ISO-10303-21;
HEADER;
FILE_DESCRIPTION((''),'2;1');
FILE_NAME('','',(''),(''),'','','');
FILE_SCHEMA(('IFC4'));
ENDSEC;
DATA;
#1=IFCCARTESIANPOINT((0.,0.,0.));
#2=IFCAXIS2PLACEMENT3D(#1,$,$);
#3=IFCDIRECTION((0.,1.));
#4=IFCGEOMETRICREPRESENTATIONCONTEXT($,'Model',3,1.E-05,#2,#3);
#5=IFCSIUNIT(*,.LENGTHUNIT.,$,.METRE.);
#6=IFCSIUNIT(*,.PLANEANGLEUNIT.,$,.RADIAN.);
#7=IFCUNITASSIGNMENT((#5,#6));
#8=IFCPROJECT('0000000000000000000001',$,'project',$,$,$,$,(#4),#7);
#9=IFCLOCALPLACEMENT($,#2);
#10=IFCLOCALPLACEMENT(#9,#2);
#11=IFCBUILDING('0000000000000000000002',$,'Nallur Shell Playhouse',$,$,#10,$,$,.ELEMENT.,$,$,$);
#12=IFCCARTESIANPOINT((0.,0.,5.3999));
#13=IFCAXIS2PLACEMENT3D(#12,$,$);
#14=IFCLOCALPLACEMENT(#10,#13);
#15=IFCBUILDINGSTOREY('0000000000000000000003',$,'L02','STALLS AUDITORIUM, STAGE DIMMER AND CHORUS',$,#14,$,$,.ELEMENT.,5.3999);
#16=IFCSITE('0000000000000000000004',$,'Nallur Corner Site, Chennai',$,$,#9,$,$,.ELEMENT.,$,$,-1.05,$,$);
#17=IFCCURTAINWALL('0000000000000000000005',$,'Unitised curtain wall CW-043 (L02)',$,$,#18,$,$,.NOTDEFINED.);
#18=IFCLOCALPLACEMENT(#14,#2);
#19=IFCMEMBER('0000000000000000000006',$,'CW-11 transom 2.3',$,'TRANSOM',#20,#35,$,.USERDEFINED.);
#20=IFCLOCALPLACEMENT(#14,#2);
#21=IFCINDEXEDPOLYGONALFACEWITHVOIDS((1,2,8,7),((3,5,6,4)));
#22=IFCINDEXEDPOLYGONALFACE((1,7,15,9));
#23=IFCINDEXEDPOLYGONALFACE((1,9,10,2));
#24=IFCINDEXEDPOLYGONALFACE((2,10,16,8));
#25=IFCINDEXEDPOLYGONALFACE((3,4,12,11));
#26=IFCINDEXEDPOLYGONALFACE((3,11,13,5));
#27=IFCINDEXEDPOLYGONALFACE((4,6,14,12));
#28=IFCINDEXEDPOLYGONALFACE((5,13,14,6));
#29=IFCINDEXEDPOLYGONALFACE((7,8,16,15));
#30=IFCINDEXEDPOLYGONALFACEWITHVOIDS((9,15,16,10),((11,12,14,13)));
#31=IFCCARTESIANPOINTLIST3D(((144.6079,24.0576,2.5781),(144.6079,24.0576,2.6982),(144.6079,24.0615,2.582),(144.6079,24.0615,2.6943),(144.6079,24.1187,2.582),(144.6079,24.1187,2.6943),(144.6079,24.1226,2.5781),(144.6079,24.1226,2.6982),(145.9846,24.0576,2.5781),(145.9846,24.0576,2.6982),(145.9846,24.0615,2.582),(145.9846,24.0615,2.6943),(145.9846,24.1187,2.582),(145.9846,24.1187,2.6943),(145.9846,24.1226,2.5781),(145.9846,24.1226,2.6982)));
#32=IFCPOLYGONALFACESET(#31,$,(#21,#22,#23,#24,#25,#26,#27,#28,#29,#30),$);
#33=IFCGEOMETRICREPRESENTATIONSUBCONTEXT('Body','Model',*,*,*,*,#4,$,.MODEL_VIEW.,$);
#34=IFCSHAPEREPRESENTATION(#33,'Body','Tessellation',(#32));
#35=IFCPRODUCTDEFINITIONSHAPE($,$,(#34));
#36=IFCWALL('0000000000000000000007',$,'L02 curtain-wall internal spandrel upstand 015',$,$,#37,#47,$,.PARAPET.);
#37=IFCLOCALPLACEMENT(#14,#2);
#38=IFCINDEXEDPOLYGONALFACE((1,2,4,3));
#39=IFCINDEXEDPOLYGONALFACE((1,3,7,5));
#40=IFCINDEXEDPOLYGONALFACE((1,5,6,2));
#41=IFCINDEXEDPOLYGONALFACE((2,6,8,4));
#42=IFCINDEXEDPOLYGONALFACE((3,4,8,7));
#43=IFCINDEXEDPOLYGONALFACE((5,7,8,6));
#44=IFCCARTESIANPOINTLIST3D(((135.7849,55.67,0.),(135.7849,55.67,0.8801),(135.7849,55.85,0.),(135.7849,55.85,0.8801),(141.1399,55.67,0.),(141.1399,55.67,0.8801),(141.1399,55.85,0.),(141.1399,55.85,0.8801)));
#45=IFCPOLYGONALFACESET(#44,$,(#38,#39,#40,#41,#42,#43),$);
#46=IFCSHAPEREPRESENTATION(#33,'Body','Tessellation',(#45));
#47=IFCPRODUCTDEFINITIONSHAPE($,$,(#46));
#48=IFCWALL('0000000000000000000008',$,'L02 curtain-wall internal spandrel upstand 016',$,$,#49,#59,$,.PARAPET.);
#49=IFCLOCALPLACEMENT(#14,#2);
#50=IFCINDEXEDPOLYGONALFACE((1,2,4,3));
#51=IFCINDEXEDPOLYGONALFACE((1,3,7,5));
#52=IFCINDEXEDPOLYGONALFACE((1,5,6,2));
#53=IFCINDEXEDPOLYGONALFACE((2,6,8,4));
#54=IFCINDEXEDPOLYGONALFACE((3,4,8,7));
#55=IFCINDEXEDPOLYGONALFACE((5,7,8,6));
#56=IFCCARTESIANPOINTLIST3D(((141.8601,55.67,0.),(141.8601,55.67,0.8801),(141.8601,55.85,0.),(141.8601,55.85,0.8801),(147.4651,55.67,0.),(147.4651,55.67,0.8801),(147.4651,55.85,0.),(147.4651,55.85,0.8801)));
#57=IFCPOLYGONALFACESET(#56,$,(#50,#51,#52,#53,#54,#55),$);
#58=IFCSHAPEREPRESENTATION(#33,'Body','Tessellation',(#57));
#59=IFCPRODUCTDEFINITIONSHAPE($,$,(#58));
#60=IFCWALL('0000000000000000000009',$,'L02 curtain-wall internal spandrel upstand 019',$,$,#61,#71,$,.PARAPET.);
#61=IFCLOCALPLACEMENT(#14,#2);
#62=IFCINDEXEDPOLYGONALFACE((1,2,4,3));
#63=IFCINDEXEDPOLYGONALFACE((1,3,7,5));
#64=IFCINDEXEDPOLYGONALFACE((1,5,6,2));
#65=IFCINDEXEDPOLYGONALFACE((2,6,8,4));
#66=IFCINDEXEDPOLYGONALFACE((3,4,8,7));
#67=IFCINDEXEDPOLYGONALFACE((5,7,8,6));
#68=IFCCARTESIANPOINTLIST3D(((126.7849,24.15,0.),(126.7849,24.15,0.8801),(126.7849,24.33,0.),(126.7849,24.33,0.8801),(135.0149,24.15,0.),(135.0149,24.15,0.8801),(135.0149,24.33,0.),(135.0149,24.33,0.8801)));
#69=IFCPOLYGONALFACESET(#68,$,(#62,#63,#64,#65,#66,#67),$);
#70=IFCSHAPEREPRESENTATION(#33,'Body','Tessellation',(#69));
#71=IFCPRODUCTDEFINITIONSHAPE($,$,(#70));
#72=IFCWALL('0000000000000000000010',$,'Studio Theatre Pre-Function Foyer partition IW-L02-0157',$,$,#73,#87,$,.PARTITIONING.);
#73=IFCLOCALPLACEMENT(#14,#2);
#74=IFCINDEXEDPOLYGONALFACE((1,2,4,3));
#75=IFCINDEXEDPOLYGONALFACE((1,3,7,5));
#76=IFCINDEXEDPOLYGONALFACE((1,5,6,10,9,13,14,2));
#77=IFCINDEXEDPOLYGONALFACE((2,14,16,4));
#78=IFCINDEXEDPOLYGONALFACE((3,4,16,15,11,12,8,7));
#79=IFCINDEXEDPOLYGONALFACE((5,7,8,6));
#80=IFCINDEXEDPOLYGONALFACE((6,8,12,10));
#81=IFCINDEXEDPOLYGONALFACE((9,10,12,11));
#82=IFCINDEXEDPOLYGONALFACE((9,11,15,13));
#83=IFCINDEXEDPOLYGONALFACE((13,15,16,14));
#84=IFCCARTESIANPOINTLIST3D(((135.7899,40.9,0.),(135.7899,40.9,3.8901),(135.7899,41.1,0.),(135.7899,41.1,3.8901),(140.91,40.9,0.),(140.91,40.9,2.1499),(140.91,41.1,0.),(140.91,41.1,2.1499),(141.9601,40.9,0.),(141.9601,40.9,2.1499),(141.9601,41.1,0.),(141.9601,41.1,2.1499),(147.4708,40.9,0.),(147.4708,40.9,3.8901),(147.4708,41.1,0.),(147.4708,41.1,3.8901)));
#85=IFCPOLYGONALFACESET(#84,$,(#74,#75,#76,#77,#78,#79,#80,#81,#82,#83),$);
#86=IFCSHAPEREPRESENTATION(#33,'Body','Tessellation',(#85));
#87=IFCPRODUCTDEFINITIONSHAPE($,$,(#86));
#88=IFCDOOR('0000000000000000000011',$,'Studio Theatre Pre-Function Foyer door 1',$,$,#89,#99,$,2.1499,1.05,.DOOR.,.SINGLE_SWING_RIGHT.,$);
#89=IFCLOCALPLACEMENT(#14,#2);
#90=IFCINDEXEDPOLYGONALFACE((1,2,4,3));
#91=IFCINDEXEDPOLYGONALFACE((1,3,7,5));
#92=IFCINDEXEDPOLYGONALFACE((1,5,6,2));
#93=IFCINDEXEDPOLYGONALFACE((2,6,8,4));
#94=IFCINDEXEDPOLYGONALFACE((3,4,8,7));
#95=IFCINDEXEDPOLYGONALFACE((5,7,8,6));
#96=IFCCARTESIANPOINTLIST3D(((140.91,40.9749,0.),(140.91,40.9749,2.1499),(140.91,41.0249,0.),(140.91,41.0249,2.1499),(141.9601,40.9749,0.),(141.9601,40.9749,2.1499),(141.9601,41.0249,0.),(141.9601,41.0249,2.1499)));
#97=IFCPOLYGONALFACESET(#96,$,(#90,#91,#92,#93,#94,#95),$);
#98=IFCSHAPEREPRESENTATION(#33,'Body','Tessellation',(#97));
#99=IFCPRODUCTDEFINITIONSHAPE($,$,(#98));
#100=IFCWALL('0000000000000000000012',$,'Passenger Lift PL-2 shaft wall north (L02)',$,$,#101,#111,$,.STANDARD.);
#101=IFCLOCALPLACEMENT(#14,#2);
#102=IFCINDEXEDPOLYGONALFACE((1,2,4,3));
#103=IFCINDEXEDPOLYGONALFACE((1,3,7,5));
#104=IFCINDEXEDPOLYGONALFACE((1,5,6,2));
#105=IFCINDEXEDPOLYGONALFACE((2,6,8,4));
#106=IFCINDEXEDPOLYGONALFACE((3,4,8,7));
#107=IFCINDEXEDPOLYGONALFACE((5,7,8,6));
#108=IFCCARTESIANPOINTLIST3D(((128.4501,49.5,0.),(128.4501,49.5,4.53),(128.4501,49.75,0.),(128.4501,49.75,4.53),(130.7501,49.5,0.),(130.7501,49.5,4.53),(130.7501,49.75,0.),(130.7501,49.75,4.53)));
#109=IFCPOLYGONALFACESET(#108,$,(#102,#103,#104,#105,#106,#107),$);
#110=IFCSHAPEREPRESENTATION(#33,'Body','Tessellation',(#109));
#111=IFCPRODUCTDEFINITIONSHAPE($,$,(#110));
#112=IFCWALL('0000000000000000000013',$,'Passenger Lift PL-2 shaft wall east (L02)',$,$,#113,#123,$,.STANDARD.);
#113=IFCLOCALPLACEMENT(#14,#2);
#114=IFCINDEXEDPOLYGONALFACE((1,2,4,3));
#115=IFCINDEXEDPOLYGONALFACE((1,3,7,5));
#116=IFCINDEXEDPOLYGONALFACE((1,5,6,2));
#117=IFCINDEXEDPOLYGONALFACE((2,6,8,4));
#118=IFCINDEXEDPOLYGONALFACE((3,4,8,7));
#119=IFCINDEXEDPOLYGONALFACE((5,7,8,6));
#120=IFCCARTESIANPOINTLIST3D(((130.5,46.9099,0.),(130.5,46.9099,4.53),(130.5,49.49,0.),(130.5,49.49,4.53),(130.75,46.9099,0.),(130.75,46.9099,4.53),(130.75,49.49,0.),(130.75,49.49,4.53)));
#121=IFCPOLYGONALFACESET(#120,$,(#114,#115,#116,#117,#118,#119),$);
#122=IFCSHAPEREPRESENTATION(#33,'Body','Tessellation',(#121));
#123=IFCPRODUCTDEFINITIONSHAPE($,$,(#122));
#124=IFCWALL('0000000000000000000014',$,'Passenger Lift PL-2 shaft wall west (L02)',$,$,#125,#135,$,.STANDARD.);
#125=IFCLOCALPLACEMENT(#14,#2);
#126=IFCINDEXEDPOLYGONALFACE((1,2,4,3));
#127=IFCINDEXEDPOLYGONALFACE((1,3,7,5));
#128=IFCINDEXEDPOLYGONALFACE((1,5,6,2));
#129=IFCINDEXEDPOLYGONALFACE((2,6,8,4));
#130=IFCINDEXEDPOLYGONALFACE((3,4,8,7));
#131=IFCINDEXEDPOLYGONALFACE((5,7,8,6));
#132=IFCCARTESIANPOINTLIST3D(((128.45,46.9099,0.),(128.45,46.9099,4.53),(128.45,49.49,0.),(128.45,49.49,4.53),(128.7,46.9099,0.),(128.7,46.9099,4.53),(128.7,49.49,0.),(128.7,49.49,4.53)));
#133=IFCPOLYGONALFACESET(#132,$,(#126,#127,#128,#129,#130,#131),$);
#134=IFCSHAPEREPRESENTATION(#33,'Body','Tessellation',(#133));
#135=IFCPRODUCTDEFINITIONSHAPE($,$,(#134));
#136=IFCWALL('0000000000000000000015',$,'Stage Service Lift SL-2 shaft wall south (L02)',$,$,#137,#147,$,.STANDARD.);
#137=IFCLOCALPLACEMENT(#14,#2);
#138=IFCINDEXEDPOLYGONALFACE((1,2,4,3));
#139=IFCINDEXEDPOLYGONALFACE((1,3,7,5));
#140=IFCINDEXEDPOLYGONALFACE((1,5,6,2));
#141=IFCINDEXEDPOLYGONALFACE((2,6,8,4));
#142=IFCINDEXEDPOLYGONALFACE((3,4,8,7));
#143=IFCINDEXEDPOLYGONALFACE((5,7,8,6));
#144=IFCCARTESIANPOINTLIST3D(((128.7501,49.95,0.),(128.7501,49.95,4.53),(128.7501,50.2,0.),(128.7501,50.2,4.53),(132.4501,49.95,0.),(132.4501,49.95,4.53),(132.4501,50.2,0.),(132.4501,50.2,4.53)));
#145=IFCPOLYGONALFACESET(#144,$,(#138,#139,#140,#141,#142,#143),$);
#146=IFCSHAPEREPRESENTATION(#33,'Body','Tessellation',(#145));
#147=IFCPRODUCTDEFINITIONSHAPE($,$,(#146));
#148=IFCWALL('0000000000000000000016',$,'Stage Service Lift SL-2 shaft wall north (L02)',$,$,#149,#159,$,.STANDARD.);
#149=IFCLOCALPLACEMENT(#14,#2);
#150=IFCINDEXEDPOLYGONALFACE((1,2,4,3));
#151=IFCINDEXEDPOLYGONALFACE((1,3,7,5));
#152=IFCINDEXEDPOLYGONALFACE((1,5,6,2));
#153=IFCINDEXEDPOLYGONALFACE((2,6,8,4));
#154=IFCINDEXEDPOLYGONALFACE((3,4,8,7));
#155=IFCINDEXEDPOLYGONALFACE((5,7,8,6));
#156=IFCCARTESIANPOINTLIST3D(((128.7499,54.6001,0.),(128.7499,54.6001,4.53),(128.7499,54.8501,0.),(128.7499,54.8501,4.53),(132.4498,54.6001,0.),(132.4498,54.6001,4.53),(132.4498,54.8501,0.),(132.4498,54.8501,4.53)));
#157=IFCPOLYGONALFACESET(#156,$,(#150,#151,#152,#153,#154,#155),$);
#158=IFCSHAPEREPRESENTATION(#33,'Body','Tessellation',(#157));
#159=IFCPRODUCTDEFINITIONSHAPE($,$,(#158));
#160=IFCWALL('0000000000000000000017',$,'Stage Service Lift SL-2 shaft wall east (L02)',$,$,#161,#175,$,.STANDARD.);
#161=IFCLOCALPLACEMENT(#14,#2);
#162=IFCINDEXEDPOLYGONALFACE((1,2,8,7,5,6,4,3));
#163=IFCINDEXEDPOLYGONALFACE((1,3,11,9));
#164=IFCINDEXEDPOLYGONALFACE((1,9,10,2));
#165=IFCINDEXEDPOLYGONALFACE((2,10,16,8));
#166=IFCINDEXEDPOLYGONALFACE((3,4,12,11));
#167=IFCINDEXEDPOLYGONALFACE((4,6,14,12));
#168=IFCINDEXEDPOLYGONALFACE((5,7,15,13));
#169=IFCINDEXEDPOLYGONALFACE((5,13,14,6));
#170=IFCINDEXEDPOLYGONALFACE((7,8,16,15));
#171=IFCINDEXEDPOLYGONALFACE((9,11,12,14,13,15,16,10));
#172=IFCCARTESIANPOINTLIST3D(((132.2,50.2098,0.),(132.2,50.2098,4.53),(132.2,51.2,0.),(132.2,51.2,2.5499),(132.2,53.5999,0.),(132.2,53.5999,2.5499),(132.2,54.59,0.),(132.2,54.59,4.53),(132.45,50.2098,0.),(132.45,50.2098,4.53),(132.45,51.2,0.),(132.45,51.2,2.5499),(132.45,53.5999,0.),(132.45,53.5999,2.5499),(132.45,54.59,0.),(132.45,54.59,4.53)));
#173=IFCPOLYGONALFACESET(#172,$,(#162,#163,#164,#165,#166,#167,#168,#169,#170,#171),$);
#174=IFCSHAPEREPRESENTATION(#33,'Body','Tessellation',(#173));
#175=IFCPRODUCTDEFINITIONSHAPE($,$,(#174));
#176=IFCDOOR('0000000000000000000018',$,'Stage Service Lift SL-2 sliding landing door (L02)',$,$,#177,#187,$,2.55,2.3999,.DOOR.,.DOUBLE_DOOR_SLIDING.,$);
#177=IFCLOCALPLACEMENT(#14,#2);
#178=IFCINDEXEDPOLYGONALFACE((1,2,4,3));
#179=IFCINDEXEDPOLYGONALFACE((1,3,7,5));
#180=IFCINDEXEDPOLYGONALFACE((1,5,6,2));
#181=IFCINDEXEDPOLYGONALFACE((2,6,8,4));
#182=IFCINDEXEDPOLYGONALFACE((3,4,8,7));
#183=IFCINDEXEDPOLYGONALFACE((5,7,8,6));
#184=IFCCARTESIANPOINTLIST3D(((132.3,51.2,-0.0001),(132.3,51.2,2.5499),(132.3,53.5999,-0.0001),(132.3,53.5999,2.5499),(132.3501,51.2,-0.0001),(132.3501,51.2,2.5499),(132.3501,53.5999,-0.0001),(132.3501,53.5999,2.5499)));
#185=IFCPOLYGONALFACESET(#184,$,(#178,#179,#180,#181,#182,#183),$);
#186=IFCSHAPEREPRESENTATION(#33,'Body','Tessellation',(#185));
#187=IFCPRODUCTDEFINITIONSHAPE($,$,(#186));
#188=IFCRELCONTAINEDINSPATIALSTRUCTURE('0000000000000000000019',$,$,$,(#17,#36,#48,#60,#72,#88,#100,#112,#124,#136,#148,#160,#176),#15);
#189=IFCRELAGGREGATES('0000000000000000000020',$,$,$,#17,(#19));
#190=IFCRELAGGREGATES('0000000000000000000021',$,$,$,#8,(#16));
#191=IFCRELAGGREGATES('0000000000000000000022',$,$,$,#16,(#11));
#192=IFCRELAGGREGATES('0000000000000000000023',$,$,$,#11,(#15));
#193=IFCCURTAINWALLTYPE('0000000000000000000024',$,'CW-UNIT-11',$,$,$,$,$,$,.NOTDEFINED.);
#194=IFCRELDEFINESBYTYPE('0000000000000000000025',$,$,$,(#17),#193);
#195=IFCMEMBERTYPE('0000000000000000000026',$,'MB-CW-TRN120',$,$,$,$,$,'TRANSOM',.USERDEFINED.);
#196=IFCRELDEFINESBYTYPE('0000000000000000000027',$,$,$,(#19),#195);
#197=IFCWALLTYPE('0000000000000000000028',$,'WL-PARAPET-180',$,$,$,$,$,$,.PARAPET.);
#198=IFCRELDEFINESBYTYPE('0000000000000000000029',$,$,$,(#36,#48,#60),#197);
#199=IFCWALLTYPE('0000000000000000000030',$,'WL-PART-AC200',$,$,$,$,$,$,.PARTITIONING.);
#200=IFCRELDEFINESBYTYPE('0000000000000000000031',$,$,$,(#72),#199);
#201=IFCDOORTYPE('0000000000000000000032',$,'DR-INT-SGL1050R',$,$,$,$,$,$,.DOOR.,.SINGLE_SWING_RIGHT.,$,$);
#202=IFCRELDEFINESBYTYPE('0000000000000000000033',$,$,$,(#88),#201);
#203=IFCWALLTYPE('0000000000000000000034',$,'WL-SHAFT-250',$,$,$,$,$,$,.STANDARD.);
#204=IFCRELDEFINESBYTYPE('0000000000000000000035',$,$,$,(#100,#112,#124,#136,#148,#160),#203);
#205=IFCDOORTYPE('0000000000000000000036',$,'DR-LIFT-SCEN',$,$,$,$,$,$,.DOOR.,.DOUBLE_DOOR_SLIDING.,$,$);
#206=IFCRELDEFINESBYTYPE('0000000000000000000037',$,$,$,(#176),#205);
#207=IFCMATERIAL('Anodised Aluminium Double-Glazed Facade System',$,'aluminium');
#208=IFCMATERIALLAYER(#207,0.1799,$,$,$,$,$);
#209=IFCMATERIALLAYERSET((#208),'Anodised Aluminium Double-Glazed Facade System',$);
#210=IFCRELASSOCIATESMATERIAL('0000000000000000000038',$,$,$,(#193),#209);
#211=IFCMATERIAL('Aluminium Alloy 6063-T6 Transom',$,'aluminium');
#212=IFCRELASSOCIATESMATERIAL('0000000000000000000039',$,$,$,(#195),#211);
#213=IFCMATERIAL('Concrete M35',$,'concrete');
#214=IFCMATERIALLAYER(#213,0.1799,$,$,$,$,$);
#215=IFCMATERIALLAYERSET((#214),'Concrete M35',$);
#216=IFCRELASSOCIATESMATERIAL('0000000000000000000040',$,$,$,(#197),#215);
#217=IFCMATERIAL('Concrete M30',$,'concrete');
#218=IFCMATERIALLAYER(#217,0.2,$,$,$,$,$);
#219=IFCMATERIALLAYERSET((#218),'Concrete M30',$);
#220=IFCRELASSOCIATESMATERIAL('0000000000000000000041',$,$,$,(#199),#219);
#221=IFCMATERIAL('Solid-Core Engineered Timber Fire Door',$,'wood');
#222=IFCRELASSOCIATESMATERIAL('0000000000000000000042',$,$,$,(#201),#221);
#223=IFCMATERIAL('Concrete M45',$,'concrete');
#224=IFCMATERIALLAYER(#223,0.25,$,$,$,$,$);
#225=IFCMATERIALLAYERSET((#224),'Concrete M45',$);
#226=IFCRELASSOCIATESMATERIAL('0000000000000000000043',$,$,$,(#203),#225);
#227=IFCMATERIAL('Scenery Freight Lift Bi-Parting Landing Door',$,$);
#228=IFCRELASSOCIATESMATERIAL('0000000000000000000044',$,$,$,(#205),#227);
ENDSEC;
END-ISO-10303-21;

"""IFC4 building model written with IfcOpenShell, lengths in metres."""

from ifc_helpers import new_model, si_unit, direction, frame, frame_2d, origin, origin_2d, place, context, subcontext, project, spatial, rectangle, hollow_rectangle, extrude, material, layer, layer_set, material_profile, profile_set, type_object, element, fill, aggregate, save


model = new_model("IFC4")

# Units and contexts
model_context = context("Model", 3, precision=1e-05, world=origin(), true_north=direction((0.0, 1.0)))
body_context = subcontext(model_context, "Body", "Model", "MODEL_VIEW")
ifc_project = project(units=[si_unit("LENGTHUNIT", "METRE"), si_unit("PLANEANGLEUNIT", "RADIAN")], contexts=[model_context])

# Site, building, storey
site_placement = place(None, origin())
site = spatial("IfcSite", under=ifc_project, at=site_placement, Name="Nallur Corner Site, Chennai", CompositionType="ELEMENT", RefElevation=-1.05)
building_placement = place(site_placement, origin())
building = spatial("IfcBuilding", under=site, at=building_placement, Name="Nallur Shell Playhouse", CompositionType="ELEMENT")
storey_placement = place(building_placement, frame((0.0, 0.0, 5.3999)))
storey = spatial("IfcBuildingStorey", under=building, at=storey_placement, Name="L02", Description="STALLS AUDITORIUM, STAGE DIMMER AND CHORUS", CompositionType="ELEMENT", Elevation=5.3999)

# Curtain wall, member
ifc_material_1 = material(Name="Anodised Aluminium Double-Glazed Facade System", Category="aluminium")
ifc_layer_1 = layer(ifc_material_1, 0.1799)
ifc_layer_set_1 = layer_set([ifc_layer_1], Name="Anodised Aluminium Double-Glazed Facade System")
curtain_wall_type = type_object("IfcCurtainWallType", Name="CW-UNIT-11", PredefinedType="NOTDEFINED", material=ifc_layer_set_1)
curtain_wall_placement = place(storey_placement, origin())
curtain_wall = element("IfcCurtainWall", 1, at=curtain_wall_placement, inside=storey, type_object=curtain_wall_type, Name="Unitised curtain wall CW-043 (L02)", PredefinedType="NOTDEFINED")
ifc_material_2 = material(Name="Aluminium Alloy 6063-T6 Transom", Category="aluminium")
ifc_material_profile_1 = material_profile(ifc_material_2, hollow_rectangle(XDim=0.0649, YDim=0.1201, WallThickness=0.0039, at=origin_2d()), Name="ALU 65x120x4")
ifc_profile_set_1 = profile_set([ifc_material_profile_1], Name="Aluminium Alloy 6063-T6 Transom")
member_type = type_object("IfcMemberType", Name="MB-CW-TRN120", ElementType="TRANSOM", PredefinedType="USERDEFINED", material=ifc_profile_set_1)
member_1_placement = place(storey_placement, frame((145.9846, 24.0901, 2.6382), z_axis=(-1.0, 0.0, 0.0), x_axis=(0.0, -1.0, 0.0)))
member_1 = element("IfcMember", 2, at=member_1_placement, type_object=member_type, Name="CW-11 transom 2.3", ObjectType="TRANSOM", PredefinedType="USERDEFINED", context=body_context, shape_type="SweptSolid", body=[
    extrude(hollow_rectangle(XDim=0.0649, YDim=0.1201, WallThickness=0.0039, at=origin_2d()), origin(), (0.0, 0.0, 1.0), 1.3767),
])
aggregate(curtain_wall, [member_1])

# Walls
ifc_material_3 = material(Name="Concrete M35", Category="concrete")
ifc_layer_2 = layer(ifc_material_3, 0.1799)
ifc_layer_set_2 = layer_set([ifc_layer_2], Name="Concrete M35")
wall_type_1 = type_object("IfcWallType", Name="WL-PARAPET-180", PredefinedType="PARAPET", material=ifc_layer_set_2)
wall_1_placement = place(storey_placement, frame((135.7849, 55.76, 0.0), z_axis=(0.0, 0.0, 1.0), x_axis=(1.0, 0.0, 0.0)))
element("IfcWall", 3, at=wall_1_placement, inside=storey, type_object=wall_type_1, Name="L02 curtain-wall internal spandrel upstand 015", PredefinedType="PARAPET", context=body_context, shape_type="SweptSolid", body=[
    extrude(rectangle(XDim=5.355, YDim=0.1799, at=frame_2d((2.6775, 0.0))), origin(), (0.0, 0.0, 1.0), 0.8801),
])
wall_2_placement = place(storey_placement, frame((141.8601, 55.76, 0.0), z_axis=(0.0, 0.0, 1.0), x_axis=(1.0, 0.0, 0.0)))
element("IfcWall", 4, at=wall_2_placement, inside=storey, type_object=wall_type_1, Name="L02 curtain-wall internal spandrel upstand 016", PredefinedType="PARAPET", context=body_context, shape_type="SweptSolid", body=[
    extrude(rectangle(XDim=5.605, YDim=0.1799, at=frame_2d((2.8025, 0.0))), origin(), (0.0, 0.0, 1.0), 0.8801),
])
wall_3_placement = place(storey_placement, frame((135.0149, 24.24, 0.0), z_axis=(0.0, 0.0, 1.0), x_axis=(-1.0, 0.0, 0.0)))
element("IfcWall", 5, at=wall_3_placement, inside=storey, type_object=wall_type_1, Name="L02 curtain-wall internal spandrel upstand 019", PredefinedType="PARAPET", context=body_context, shape_type="SweptSolid", body=[
    extrude(rectangle(XDim=8.23, YDim=0.1799, at=frame_2d((4.115, 0.0))), origin(), (0.0, 0.0, 1.0), 0.8801),
])

# Wall, opening, door
ifc_material_4 = material(Name="Concrete M30", Category="concrete")
ifc_layer_3 = layer(ifc_material_4, 0.2)
ifc_layer_set_3 = layer_set([ifc_layer_3], Name="Concrete M30")
wall_type_2 = type_object("IfcWallType", Name="WL-PART-AC200", PredefinedType="PARTITIONING", material=ifc_layer_set_3)
wall_4_placement = place(storey_placement, frame((135.79, 41.0, 0.0), z_axis=(0.0, 0.0, 1.0), x_axis=(1.0, 0.0, 0.0)))
wall_4 = element("IfcWall", 6, at=wall_4_placement, inside=storey, type_object=wall_type_2, Name="Studio Theatre Pre-Function Foyer partition IW-L02-0157", PredefinedType="PARTITIONING", context=body_context, shape_type="SweptSolid", body=[
    extrude(rectangle(XDim=11.6809, YDim=0.2, at=frame_2d((5.8403, 0.0))), origin(), (0.0, 0.0, 1.0), 3.8901),
])
opening_1_placement = place(wall_4_placement, frame((5.1201, 0.0, 0.0)))
opening_1 = element("IfcOpeningElement", 7, at=opening_1_placement, cuts=wall_4, PredefinedType="OPENING", context=body_context, shape_type="SweptSolid", body=[
    extrude(rectangle(XDim=1.05, YDim=2.1499, at=frame_2d((0.5249, 1.075))), frame((0.0, 0.1099, 0.0), z_axis=(0.0, -1.0, 0.0), x_axis=(1.0, 0.0, 0.0)), (0.0, 0.0, 1.0), 0.22),
])
ifc_material_5 = material(Name="Solid-Core Engineered Timber Fire Door", Category="wood")
door_type_1 = type_object("IfcDoorType", Name="DR-INT-SGL1050R", OperationType="SINGLE_SWING_RIGHT", PredefinedType="DOOR", material=ifc_material_5)
door_1_placement = place(opening_1_placement, origin())
door_1 = element("IfcDoor", 8, at=door_1_placement, inside=storey, type_object=door_type_1, Name="Studio Theatre Pre-Function Foyer door 1", OperationType="SINGLE_SWING_RIGHT", OverallHeight=2.1499, OverallWidth=1.05, PredefinedType="DOOR", context=body_context, shape_type="SweptSolid", body=[
    extrude(rectangle(XDim=1.05, YDim=2.1499, at=frame_2d((0.5249, 1.075))), frame((0.0, 0.0249, 0.0), z_axis=(0.0, -1.0, 0.0), x_axis=(1.0, 0.0, 0.0)), (0.0, 0.0, 1.0), 0.05),
])
fill(opening_1, door_1)
ifc_material_6 = material(Name="Concrete M45", Category="concrete")
ifc_layer_4 = layer(ifc_material_6, 0.25)
ifc_layer_set_4 = layer_set([ifc_layer_4], Name="Concrete M45")
wall_type_3 = type_object("IfcWallType", Name="WL-SHAFT-250", PredefinedType="STANDARD", material=ifc_layer_set_4)

# Walls
wall_5_placement = place(storey_placement, frame((130.75, 49.625, 0.0), z_axis=(0.0, 0.0, 1.0), x_axis=(-1.0, 0.0, 0.0)))
element("IfcWall", 9, at=wall_5_placement, inside=storey, type_object=wall_type_3, Name="Passenger Lift PL-2 shaft wall north (L02)", PredefinedType="STANDARD", context=body_context, shape_type="SweptSolid", body=[
    extrude(rectangle(XDim=2.3, YDim=0.25, at=frame_2d((1.1499, 0.0))), origin(), (0.0, 0.0, 1.0), 4.53),
])
for number, where, z_axis, x_axis, name in (
    (10, (130.625, 46.9099, 0.0), (0.0, 0.0, 1.0), (0.0, 1.0, 0.0), "Passenger Lift PL-2 shaft wall east (L02)"),
    (11, (128.575, 49.49, 0.0), (0.0, 0.0, 1.0), (0.0, -1.0, 0.0), "Passenger Lift PL-2 shaft wall west (L02)"),
):
    element("IfcWall", number, at=place(storey_placement, frame(where, z_axis=z_axis, x_axis=x_axis)), inside=storey, type_object=wall_type_3, Name=name, PredefinedType="STANDARD", context=body_context, shape_type="SweptSolid", body=[
        extrude(rectangle(XDim=2.5801, YDim=0.25, at=frame_2d((1.29, 0.0))), origin(), (0.0, 0.0, 1.0), 4.53),
    ])
for number, where, z_axis, x_axis, name in (
    (12, (128.75, 50.075, 0.0), (0.0, 0.0, 1.0), (1.0, 0.0, 0.0), "Stage Service Lift SL-2 shaft wall south (L02)"),
    (13, (132.45, 54.7251, 0.0), (0.0, 0.0, 1.0), (-1.0, 0.0, 0.0), "Stage Service Lift SL-2 shaft wall north (L02)"),
):
    element("IfcWall", number, at=place(storey_placement, frame(where, z_axis=z_axis, x_axis=x_axis)), inside=storey, type_object=wall_type_3, Name=name, PredefinedType="STANDARD", context=body_context, shape_type="SweptSolid", body=[
        extrude(rectangle(XDim=3.7, YDim=0.25, at=frame_2d((1.8501, 0.0))), origin(), (0.0, 0.0, 1.0), 4.53),
    ])

# Wall, opening, door
wall_6_placement = place(storey_placement, frame((132.325, 50.21, 0.0), z_axis=(0.0, 0.0, 1.0), x_axis=(0.0, 1.0, 0.0)))
wall_6 = element("IfcWall", 14, at=wall_6_placement, inside=storey, type_object=wall_type_3, Name="Stage Service Lift SL-2 shaft wall east (L02)", PredefinedType="STANDARD", context=body_context, shape_type="SweptSolid", body=[
    extrude(rectangle(XDim=4.3801, YDim=0.25, at=frame_2d((2.1899, 0.0))), origin(), (0.0, 0.0, 1.0), 4.53),
])
opening_2_placement = place(wall_6_placement, frame((0.99, 0.0, 0.0)))
opening_2 = element("IfcOpeningElement", 15, at=opening_2_placement, cuts=wall_6, PredefinedType="OPENING", context=body_context, shape_type="SweptSolid", body=[
    extrude(rectangle(XDim=2.3999, YDim=2.55, at=frame_2d((1.2, 1.2749))), frame((0.0, 0.135, 0.0), z_axis=(0.0, -1.0, 0.0), x_axis=(1.0, 0.0, 0.0)), (0.0, 0.0, 1.0), 0.27),
])
ifc_material_7 = material(Name="Scenery Freight Lift Bi-Parting Landing Door")
door_type_2 = type_object("IfcDoorType", Name="DR-LIFT-SCEN", OperationType="DOUBLE_DOOR_SLIDING", PredefinedType="DOOR", material=ifc_material_7)
door_2_placement = place(opening_2_placement, origin())
door_2 = element("IfcDoor", 16, at=door_2_placement, inside=storey, type_object=door_type_2, Name="Stage Service Lift SL-2 sliding landing door (L02)", OperationType="DOUBLE_DOOR_SLIDING", OverallHeight=2.55, OverallWidth=2.3999, PredefinedType="DOOR", context=body_context, shape_type="SweptSolid", body=[
    extrude(rectangle(XDim=2.3999, YDim=2.55, at=frame_2d((1.2, 1.2749))), frame((0.0, 0.0249, 0.0), z_axis=(0.0, -1.0, 0.0), x_axis=(1.0, 0.0, 0.0)), (0.0, 0.0, 1.0), 0.05),
])
fill(opening_2, door_2)

save(model, "model.ifc")
